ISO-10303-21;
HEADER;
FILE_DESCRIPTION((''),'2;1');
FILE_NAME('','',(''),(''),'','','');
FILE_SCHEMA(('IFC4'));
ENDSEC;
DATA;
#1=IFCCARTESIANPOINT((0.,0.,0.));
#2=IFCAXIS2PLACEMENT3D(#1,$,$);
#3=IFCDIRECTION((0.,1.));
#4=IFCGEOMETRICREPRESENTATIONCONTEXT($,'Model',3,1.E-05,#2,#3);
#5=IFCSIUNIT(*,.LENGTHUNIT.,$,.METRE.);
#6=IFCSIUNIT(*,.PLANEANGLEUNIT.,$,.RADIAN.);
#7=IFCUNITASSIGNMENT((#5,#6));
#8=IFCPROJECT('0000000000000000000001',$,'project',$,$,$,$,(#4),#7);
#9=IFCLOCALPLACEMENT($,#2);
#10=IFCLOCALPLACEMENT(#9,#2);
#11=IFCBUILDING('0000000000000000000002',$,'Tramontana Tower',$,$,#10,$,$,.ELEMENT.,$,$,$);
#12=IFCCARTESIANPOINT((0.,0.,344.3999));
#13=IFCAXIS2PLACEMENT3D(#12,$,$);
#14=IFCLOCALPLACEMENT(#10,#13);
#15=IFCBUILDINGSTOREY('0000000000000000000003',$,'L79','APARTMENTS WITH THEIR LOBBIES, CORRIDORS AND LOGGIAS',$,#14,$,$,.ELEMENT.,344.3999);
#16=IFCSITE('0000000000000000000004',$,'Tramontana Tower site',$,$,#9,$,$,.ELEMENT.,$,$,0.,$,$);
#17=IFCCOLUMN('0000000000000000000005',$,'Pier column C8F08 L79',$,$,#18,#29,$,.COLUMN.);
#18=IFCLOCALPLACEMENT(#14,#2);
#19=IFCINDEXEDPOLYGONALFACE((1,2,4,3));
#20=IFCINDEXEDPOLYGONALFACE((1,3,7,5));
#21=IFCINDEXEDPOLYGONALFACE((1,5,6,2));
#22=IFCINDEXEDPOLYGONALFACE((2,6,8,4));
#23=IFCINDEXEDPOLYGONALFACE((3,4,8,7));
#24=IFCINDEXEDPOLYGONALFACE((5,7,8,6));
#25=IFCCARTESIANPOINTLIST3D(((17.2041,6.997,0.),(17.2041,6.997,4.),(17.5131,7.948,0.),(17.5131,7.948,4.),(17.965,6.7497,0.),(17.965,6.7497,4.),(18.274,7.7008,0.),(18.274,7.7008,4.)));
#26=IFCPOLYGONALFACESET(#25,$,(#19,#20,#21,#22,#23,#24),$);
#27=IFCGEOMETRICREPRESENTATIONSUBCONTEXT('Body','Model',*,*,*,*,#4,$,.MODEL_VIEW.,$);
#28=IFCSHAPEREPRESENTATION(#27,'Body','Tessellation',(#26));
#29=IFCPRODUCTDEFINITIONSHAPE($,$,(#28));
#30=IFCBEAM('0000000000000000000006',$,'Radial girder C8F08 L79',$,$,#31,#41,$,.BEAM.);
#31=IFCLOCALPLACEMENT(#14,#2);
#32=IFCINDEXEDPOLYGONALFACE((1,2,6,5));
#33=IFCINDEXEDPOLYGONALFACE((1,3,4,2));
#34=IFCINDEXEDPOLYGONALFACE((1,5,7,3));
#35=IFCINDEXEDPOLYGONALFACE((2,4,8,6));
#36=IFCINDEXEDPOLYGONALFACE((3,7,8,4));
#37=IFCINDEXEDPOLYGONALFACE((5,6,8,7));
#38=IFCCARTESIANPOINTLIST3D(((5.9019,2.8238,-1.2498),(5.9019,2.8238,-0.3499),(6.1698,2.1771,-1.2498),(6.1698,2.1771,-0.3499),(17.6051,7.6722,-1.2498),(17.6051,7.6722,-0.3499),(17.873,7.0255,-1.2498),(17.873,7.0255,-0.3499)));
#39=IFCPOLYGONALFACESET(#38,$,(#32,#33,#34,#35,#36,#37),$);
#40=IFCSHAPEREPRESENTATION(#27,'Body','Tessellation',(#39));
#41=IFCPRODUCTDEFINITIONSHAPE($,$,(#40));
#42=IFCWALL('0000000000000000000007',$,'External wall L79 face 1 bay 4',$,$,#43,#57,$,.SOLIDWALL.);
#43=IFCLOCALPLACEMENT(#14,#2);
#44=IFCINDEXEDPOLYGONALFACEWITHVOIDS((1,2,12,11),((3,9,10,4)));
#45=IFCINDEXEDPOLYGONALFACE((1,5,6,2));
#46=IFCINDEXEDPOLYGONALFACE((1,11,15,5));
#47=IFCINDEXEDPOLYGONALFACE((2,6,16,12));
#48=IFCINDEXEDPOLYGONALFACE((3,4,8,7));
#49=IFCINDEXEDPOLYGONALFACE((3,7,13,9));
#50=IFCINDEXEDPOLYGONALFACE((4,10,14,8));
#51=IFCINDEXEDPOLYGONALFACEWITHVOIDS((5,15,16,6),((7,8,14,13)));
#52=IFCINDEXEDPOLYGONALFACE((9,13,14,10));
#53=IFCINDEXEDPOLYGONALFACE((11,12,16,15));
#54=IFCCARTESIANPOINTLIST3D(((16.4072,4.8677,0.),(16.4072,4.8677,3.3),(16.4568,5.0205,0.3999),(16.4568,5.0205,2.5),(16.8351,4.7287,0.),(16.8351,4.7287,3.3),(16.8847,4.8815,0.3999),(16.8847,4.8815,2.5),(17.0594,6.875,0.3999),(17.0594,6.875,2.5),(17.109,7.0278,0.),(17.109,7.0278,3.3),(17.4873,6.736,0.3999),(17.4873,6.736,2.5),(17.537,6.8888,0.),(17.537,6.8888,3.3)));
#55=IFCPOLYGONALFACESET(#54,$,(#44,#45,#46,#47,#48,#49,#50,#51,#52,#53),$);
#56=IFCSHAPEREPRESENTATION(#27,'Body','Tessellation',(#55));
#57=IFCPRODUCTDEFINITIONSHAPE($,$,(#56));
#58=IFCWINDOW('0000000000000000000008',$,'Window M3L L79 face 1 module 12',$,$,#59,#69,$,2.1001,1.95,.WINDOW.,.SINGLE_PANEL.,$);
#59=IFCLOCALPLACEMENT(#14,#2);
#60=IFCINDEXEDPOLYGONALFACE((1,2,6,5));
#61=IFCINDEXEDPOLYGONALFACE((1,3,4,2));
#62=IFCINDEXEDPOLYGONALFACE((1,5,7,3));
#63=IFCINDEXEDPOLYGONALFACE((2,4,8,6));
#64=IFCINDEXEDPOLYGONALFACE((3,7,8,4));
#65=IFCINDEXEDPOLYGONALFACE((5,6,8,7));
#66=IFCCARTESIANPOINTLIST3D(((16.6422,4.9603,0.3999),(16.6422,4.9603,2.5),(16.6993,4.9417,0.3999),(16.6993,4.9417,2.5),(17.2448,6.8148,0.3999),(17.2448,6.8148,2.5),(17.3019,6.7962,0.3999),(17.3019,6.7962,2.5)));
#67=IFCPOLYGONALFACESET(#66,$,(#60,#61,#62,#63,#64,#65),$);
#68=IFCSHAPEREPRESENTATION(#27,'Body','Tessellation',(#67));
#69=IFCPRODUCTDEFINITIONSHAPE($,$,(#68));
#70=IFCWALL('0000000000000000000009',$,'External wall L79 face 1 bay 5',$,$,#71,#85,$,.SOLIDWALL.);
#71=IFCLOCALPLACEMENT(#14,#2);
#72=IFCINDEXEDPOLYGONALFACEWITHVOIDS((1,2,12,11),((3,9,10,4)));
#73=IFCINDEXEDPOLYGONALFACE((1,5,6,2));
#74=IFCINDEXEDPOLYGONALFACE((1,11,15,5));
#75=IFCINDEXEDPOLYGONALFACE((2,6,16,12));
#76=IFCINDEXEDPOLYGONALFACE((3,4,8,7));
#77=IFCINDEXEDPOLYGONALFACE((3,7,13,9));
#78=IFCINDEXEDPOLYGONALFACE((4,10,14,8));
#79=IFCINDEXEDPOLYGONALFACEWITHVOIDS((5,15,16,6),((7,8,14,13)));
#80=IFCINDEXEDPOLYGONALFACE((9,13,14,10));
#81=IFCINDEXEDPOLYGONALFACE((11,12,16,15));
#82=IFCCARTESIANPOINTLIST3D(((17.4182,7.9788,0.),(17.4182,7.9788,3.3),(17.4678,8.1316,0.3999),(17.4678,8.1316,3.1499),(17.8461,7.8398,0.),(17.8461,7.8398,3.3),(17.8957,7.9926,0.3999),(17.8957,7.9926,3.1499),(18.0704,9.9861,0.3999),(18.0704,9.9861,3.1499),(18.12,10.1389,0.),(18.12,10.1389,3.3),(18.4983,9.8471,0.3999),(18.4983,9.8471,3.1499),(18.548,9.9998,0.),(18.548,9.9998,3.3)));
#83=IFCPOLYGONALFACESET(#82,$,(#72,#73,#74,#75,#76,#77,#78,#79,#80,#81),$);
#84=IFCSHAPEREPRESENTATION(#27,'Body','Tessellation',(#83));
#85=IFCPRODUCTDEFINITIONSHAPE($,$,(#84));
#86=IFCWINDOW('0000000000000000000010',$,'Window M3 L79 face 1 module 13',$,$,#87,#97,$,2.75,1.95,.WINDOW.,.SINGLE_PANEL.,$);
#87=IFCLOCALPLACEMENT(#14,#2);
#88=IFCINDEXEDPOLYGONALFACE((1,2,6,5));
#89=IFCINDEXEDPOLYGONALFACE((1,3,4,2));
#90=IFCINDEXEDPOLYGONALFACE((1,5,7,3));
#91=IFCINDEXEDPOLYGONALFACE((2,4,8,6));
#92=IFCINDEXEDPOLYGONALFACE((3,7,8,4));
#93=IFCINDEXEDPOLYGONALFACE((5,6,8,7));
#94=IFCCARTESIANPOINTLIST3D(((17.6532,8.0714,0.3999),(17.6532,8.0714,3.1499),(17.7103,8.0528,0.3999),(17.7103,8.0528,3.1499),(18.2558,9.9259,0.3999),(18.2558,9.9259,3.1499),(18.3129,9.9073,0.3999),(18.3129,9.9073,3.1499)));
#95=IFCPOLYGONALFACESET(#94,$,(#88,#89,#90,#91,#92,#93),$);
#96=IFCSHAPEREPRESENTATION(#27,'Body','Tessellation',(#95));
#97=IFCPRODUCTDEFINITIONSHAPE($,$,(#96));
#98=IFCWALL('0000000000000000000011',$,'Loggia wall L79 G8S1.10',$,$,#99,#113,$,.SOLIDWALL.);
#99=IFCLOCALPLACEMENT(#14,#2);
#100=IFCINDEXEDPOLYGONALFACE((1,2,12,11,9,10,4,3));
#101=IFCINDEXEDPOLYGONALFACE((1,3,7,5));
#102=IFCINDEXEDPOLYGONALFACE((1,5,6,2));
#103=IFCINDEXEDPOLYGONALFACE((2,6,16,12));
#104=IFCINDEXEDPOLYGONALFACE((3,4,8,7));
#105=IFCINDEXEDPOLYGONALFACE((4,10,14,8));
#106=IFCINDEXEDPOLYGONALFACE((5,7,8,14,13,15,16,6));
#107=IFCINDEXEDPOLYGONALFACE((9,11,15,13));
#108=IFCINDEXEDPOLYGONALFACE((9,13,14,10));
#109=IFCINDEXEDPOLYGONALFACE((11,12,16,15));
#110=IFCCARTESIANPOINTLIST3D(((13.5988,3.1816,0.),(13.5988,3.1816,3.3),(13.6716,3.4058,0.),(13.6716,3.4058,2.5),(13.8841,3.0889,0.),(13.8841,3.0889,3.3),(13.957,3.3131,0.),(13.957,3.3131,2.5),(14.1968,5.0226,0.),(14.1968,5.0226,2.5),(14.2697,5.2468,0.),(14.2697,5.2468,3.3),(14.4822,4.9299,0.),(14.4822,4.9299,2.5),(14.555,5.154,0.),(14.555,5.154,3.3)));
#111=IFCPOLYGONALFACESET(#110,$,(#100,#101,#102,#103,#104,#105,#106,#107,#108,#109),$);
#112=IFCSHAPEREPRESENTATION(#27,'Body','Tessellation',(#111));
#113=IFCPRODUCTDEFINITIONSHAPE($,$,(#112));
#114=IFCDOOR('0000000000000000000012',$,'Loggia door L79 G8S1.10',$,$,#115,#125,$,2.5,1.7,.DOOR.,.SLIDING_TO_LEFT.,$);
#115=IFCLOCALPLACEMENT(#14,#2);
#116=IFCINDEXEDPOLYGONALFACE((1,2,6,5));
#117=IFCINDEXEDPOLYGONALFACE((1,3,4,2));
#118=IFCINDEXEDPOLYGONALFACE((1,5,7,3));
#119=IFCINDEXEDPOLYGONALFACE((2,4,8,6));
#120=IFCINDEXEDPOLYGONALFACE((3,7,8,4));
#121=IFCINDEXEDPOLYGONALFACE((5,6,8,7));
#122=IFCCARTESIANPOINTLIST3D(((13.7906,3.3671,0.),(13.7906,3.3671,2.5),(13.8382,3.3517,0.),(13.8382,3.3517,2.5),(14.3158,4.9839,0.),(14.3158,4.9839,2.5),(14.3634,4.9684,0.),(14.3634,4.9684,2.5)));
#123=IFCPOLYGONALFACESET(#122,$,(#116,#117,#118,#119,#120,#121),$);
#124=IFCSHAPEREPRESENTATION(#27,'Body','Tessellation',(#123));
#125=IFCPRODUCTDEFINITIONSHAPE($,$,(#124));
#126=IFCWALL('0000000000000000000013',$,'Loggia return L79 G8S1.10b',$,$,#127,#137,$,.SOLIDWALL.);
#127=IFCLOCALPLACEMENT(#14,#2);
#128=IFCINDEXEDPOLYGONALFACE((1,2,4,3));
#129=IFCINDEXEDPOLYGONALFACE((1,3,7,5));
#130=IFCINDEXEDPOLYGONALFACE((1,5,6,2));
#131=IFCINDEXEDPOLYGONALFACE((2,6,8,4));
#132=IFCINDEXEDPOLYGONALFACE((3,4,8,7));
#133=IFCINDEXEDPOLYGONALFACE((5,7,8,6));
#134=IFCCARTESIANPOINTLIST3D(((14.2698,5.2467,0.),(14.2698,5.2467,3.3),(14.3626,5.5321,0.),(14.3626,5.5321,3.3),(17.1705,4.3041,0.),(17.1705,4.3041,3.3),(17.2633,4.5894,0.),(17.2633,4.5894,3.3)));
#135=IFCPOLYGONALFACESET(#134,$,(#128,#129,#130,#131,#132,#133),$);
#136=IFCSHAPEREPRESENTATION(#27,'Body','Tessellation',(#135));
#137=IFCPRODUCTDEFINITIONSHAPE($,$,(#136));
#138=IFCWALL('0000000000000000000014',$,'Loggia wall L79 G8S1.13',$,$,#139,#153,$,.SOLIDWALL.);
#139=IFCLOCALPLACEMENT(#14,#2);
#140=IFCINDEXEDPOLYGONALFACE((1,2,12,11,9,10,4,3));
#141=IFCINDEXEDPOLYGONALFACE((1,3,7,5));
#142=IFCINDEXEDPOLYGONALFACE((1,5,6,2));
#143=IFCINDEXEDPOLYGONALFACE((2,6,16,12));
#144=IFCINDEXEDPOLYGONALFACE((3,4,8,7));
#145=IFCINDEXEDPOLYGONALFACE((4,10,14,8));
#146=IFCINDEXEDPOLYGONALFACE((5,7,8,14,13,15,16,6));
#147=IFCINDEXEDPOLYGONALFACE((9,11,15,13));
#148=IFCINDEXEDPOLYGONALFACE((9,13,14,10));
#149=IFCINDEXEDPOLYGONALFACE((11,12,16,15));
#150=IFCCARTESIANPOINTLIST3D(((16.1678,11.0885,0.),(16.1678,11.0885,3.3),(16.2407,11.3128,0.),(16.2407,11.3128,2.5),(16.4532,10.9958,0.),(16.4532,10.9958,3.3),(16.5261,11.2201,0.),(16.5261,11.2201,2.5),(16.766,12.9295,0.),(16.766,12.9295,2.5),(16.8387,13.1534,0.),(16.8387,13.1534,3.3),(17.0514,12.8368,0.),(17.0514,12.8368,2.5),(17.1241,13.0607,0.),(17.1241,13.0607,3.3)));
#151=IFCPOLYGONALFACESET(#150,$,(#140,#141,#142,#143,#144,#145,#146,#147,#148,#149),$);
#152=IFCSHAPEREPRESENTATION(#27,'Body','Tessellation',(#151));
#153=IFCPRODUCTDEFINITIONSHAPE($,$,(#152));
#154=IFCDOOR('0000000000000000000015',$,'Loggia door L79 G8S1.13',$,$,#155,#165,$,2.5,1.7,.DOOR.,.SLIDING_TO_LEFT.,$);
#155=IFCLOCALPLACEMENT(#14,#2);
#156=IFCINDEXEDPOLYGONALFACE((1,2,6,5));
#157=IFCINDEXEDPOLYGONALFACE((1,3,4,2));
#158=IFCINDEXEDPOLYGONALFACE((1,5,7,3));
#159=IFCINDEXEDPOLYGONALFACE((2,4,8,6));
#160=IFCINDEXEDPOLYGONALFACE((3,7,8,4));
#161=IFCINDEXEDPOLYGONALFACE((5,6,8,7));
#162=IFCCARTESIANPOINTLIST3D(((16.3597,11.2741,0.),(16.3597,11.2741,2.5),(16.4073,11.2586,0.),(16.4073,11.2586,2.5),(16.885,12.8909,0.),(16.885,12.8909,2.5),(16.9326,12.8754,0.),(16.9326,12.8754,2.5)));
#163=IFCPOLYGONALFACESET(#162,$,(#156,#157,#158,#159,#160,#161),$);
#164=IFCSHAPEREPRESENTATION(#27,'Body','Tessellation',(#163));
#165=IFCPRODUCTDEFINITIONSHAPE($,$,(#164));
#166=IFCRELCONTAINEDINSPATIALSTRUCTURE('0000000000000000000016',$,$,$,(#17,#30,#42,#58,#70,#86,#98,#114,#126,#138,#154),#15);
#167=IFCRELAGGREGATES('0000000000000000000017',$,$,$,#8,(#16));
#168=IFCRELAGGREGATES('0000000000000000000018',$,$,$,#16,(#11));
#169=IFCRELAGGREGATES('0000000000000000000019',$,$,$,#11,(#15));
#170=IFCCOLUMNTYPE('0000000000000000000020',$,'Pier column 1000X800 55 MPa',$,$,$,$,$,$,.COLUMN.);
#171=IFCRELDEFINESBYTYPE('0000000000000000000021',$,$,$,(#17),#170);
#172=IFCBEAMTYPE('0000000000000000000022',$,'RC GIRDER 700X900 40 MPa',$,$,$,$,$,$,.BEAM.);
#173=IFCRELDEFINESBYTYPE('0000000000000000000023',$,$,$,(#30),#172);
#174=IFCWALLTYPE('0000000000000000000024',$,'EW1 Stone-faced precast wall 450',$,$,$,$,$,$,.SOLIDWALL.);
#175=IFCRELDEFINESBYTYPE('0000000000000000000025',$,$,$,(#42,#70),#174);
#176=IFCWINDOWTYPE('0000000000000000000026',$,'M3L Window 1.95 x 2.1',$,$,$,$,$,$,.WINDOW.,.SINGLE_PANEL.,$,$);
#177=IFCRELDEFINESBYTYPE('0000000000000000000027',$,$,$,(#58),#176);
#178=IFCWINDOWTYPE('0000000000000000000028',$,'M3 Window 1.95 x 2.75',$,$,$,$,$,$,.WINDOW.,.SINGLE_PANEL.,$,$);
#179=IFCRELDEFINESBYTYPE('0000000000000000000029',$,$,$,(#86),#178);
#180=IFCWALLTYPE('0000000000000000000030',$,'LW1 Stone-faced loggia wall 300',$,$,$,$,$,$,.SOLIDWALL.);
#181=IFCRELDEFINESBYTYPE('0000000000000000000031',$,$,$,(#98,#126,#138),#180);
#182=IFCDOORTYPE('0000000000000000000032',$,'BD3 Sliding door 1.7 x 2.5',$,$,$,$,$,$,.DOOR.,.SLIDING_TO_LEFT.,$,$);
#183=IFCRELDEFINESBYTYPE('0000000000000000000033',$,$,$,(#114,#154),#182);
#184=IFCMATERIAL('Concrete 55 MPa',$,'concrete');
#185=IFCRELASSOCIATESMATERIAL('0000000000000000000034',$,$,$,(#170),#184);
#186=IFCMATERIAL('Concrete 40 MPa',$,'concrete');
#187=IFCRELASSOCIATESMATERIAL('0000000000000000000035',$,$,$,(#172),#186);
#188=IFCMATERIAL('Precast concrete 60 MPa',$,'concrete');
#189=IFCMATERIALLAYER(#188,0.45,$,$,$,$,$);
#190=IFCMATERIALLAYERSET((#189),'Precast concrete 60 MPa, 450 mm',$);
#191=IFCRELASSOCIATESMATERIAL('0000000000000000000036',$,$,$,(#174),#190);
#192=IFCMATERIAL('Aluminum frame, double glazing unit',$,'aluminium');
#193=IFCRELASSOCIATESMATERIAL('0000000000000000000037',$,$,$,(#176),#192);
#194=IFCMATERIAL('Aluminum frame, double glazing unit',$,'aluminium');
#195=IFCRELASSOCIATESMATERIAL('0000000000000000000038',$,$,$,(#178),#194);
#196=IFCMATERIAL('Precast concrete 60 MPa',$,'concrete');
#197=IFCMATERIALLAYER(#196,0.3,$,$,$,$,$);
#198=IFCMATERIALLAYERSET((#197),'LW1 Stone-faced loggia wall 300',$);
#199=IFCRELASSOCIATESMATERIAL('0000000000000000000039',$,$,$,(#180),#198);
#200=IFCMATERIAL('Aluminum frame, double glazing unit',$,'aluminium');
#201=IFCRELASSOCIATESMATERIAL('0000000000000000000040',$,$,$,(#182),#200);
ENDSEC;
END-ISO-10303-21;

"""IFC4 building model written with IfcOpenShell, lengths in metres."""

from ifc_helpers import new_model, si_unit, direction, frame, frame_2d, origin, origin_2d, place, context, subcontext, project, spatial, rectangle, extrude, material, layer, layer_set, material_profile, profile_set, type_object, element, fill, save


model = new_model("IFC4")

# Units and contexts
model_context = context("Model", 3, precision=1e-05, world=origin(), true_north=direction((0.0, 1.0)))
body_context = subcontext(model_context, "Body", "Model", "MODEL_VIEW")
ifc_project = project(units=[si_unit("LENGTHUNIT", "METRE"), si_unit("PLANEANGLEUNIT", "RADIAN")], contexts=[model_context])

# Site, building, storey
site_placement = place(None, origin())
site = spatial("IfcSite", under=ifc_project, at=site_placement, Name="Tramontana Tower site", CompositionType="ELEMENT", RefElevation=0.0)
building_placement = place(site_placement, origin())
building = spatial("IfcBuilding", under=site, at=building_placement, Name="Tramontana Tower", CompositionType="ELEMENT")
storey_placement = place(building_placement, frame((0.0, 0.0, 344.3999)))
storey = spatial("IfcBuildingStorey", under=building, at=storey_placement, Name="L79", Description="APARTMENTS WITH THEIR LOBBIES, CORRIDORS AND LOGGIAS", CompositionType="ELEMENT", Elevation=344.3999)

# Column
ifc_material_1 = material(Name="Concrete 55 MPa", Category="concrete")
ifc_material_profile_1 = material_profile(ifc_material_1, rectangle(XDim=1.0, YDim=0.8, at=origin_2d()), Name="Pier column 1000X800 55 MPa")
ifc_profile_set_1 = profile_set([ifc_material_profile_1], Name="Concrete 55 MPa")
column_type = type_object("IfcColumnType", Name="Pier column 1000X800 55 MPa", PredefinedType="COLUMN", material=ifc_profile_set_1)
column_placement = place(storey_placement, frame((17.739, 7.3489, 0.0), z_axis=(0.0, 0.0, 1.0), x_axis=(0.309017, 0.951057, 0.0)))
element("IfcColumn", 1, at=column_placement, inside=storey, type_object=column_type, Name="Pier column C8F08 L79", PredefinedType="COLUMN", context=body_context, shape_type="SweptSolid", body=[
    extrude(rectangle(XDim=1.0, YDim=0.8, at=origin_2d()), origin(), (0.0, 0.0, 1.0), 4.0),
])

# Beam
ifc_material_2 = material(Name="Concrete 40 MPa", Category="concrete")
ifc_material_profile_2 = material_profile(ifc_material_2, rectangle(XDim=0.7, YDim=0.8999, at=origin_2d()), Name="RC GIRDER 700X900 40 MPa")
ifc_profile_set_2 = profile_set([ifc_material_profile_2], Name="Concrete 40 MPa")
beam_type = type_object("IfcBeamType", Name="RC GIRDER 700X900 40 MPa", PredefinedType="BEAM", material=ifc_profile_set_2)
beam_placement = place(storey_placement, frame((17.739, 7.3489, -0.7998), z_axis=(-0.923857, -0.382737, 0.0), x_axis=(0.382737, -0.923857, 0.0)))
element("IfcBeam", 2, at=beam_placement, inside=storey, type_object=beam_type, Name="Radial girder C8F08 L79", PredefinedType="BEAM", context=body_context, shape_type="SweptSolid", body=[
    extrude(rectangle(XDim=0.7, YDim=0.8999, at=origin_2d()), origin(), (0.0, 0.0, 1.0), 12.6677),
])

# Walls, openings, windows
ifc_material_3 = material(Name="Precast concrete 60 MPa", Category="concrete")
ifc_layer_1 = layer(ifc_material_3, 0.45)
ifc_layer_set_1 = layer_set([ifc_layer_1], Name="Precast concrete 60 MPa, 450 mm")
wall_type_1 = type_object("IfcWallType", Name="EW1 Stone-faced precast wall 450", PredefinedType="SOLIDWALL", material=ifc_layer_set_1)
wall_1_placement = place(storey_placement, frame((16.6211, 4.7981, 0.0), z_axis=(0.0, 0.0, 1.0), x_axis=(0.309028, 0.951053, 0.0)))
wall_1 = element("IfcWall", 3, at=wall_1_placement, inside=storey, type_object=wall_type_1, Name="External wall L79 face 1 bay 4", PredefinedType="SOLIDWALL", context=body_context, shape_type="SweptSolid", body=[
    extrude(rectangle(XDim=2.2712, YDim=0.45, at=frame_2d((1.1357, 0.0))), origin(), (0.0, 0.0, 1.0), 3.3),
])
opening_1_placement = place(wall_1_placement, frame((0.1606, 0.0, 0.3999)))
opening_1 = element("IfcOpeningElement", 4, at=opening_1_placement, cuts=wall_1, PredefinedType="OPENING", context=body_context, shape_type="SweptSolid", body=[
    extrude(rectangle(XDim=1.95, YDim=2.1001, at=frame_2d((0.9751, 1.05))), frame((0.0, 0.2349, 0.0), z_axis=(0.0, -1.0, 0.0), x_axis=(1.0, 0.0, 0.0)), (0.0, 0.0, 1.0), 0.47),
])
ifc_material_4 = material(Name="Aluminum frame, double glazing unit", Category="aluminium")
window_type_1 = type_object("IfcWindowType", Name="M3L Window 1.95 x 2.1", PartitioningType="SINGLE_PANEL", PredefinedType="WINDOW", material=ifc_material_4)
window_1_placement = place(opening_1_placement, origin())
window_1 = element("IfcWindow", 5, at=window_1_placement, inside=storey, type_object=window_type_1, Name="Window M3L L79 face 1 module 12", OverallHeight=2.1001, OverallWidth=1.95, PartitioningType="SINGLE_PANEL", PredefinedType="WINDOW", context=body_context, shape_type="SweptSolid", body=[
    extrude(rectangle(XDim=1.95, YDim=2.1001, at=frame_2d((0.9751, 1.05))), frame((0.0, 0.03, 0.0), z_axis=(0.0, -1.0, 0.0), x_axis=(1.0, 0.0, 0.0)), (0.0, 0.0, 1.0), 0.0601),
])
fill(opening_1, window_1)
wall_2_placement = place(storey_placement, frame((17.6321, 7.9092, 0.0), z_axis=(0.0, 0.0, 1.0), x_axis=(0.309028, 0.951053, 0.0)))
wall_2 = element("IfcWall", 6, at=wall_2_placement, inside=storey, type_object=wall_type_1, Name="External wall L79 face 1 bay 5", PredefinedType="SOLIDWALL", context=body_context, shape_type="SweptSolid", body=[
    extrude(rectangle(XDim=2.2712, YDim=0.45, at=frame_2d((1.1357, 0.0))), origin(), (0.0, 0.0, 1.0), 3.3),
])
opening_2_placement = place(wall_2_placement, frame((0.1606, 0.0, 0.3999)))
opening_2 = element("IfcOpeningElement", 7, at=opening_2_placement, cuts=wall_2, PredefinedType="OPENING", context=body_context, shape_type="SweptSolid", body=[
    extrude(rectangle(XDim=1.95, YDim=2.75, at=frame_2d((0.9751, 1.375))), frame((0.0, 0.2349, 0.0), z_axis=(0.0, -1.0, 0.0), x_axis=(1.0, 0.0, 0.0)), (0.0, 0.0, 1.0), 0.47),
])
ifc_material_5 = material(Name="Aluminum frame, double glazing unit", Category="aluminium")
window_type_2 = type_object("IfcWindowType", Name="M3 Window 1.95 x 2.75", PartitioningType="SINGLE_PANEL", PredefinedType="WINDOW", material=ifc_material_5)
window_2_placement = place(opening_2_placement, origin())
window_2 = element("IfcWindow", 8, at=window_2_placement, inside=storey, type_object=window_type_2, Name="Window M3 L79 face 1 module 13", OverallHeight=2.75, OverallWidth=1.95, PartitioningType="SINGLE_PANEL", PredefinedType="WINDOW", context=body_context, shape_type="SweptSolid", body=[
    extrude(rectangle(XDim=1.95, YDim=2.75, at=frame_2d((0.9751, 1.375))), frame((0.0, 0.03, 0.0), z_axis=(0.0, -1.0, 0.0), x_axis=(1.0, 0.0, 0.0)), (0.0, 0.0, 1.0), 0.0601),
])
fill(opening_2, window_2)

# Wall, opening, door
ifc_material_6 = material(Name="Precast concrete 60 MPa", Category="concrete")
ifc_layer_2 = layer(ifc_material_6, 0.3)
ifc_layer_set_2 = layer_set([ifc_layer_2], Name="LW1 Stone-faced loggia wall 300")
wall_type_2 = type_object("IfcWallType", Name="LW1 Stone-faced loggia wall 300", PredefinedType="SOLIDWALL", material=ifc_layer_set_2)
wall_3_placement = place(storey_placement, frame((13.7415, 3.1353, 0.0), z_axis=(0.0, 0.0, 1.0), x_axis=(0.308967, 0.951073, 0.0)))
wall_3 = element("IfcWall", 9, at=wall_3_placement, inside=storey, type_object=wall_type_2, Name="Loggia wall L79 G8S1.10", PredefinedType="SOLIDWALL", context=body_context, shape_type="SweptSolid", body=[
    extrude(rectangle(XDim=2.1714, YDim=0.3, at=frame_2d((1.0857, 0.0))), origin(), (0.0, 0.0, 1.0), 3.3),
])
opening_3_placement = place(wall_3_placement, frame((0.2356, 0.0, 0.0)))
opening_3 = element("IfcOpeningElement", 10, at=opening_3_placement, cuts=wall_3, PredefinedType="OPENING", context=body_context, shape_type="SweptSolid", body=[
    extrude(rectangle(XDim=1.7, YDim=2.5, at=frame_2d((0.8501, 1.25))), frame((0.0, 0.1599, 0.0), z_axis=(0.0, -1.0, 0.0), x_axis=(1.0, 0.0, 0.0)), (0.0, 0.0, 1.0), 0.3201),
])
ifc_material_7 = material(Name="Aluminum frame, double glazing unit", Category="aluminium")
door_type_1 = type_object("IfcDoorType", Name="BD3 Sliding door 1.7 x 2.5", OperationType="SLIDING_TO_LEFT", PredefinedType="DOOR", material=ifc_material_7)
door_1_placement = place(opening_3_placement, origin())
door_1 = element("IfcDoor", 11, at=door_1_placement, inside=storey, type_object=door_type_1, Name="Loggia door L79 G8S1.10", OperationType="SLIDING_TO_LEFT", OverallHeight=2.5, OverallWidth=1.7, PredefinedType="DOOR", context=body_context, shape_type="SweptSolid", body=[
    extrude(rectangle(XDim=1.7, YDim=2.5, at=frame_2d((0.8501, 1.25))), frame((0.0, 0.0249, 0.0), z_axis=(0.0, -1.0, 0.0), x_axis=(1.0, 0.0, 0.0)), (0.0, 0.0, 1.0), 0.05),
])
fill(opening_3, door_1)

# Wall
wall_4_placement = place(storey_placement, frame((17.2168, 4.4468, 0.0), z_axis=(0.0, 0.0, 1.0), x_axis=(-0.951042, 0.309063, 0.0)))
element("IfcWall", 12, at=wall_4_placement, inside=storey, type_object=wall_type_2, Name="Loggia return L79 G8S1.10b", PredefinedType="SOLIDWALL", context=body_context, shape_type="SweptSolid", body=[
    extrude(rectangle(XDim=3.05, YDim=0.3, at=frame_2d((1.5249, 0.0))), origin(), (0.0, 0.0, 1.0), 3.3),
])

# Wall, opening, door
wall_5_placement = place(storey_placement, frame((16.3105, 11.0422, 0.0), z_axis=(0.0, 0.0, 1.0), x_axis=(0.309, 0.951062, 0.0)))
wall_5 = element("IfcWall", 13, at=wall_5_placement, inside=storey, type_object=wall_type_2, Name="Loggia wall L79 G8S1.13", PredefinedType="SOLIDWALL", context=body_context, shape_type="SweptSolid", body=[
    extrude(rectangle(XDim=2.1711, YDim=0.3, at=frame_2d((1.0854, 0.0))), origin(), (0.0, 0.0, 1.0), 3.3),
])
opening_4_placement = place(wall_5_placement, frame((0.2356, 0.0, 0.0)))
opening_4 = element("IfcOpeningElement", 14, at=opening_4_placement, cuts=wall_5, PredefinedType="OPENING", context=body_context, shape_type="SweptSolid", body=[
    extrude(rectangle(XDim=1.7, YDim=2.5, at=frame_2d((0.8501, 1.25))), frame((0.0, 0.1599, 0.0), z_axis=(0.0, -1.0, 0.0), x_axis=(1.0, 0.0, 0.0)), (0.0, 0.0, 1.0), 0.3201),
])
door_2_placement = place(opening_4_placement, origin())
door_2 = element("IfcDoor", 15, at=door_2_placement, inside=storey, type_object=door_type_1, Name="Loggia door L79 G8S1.13", OperationType="SLIDING_TO_LEFT", OverallHeight=2.5, OverallWidth=1.7, PredefinedType="DOOR", context=body_context, shape_type="SweptSolid", body=[
    extrude(rectangle(XDim=1.7, YDim=2.5, at=frame_2d((0.8501, 1.25))), frame((0.0, 0.0249, 0.0), z_axis=(0.0, -1.0, 0.0), x_axis=(1.0, 0.0, 0.0)), (0.0, 0.0, 1.0), 0.05),
])
fill(opening_4, door_2)

save(model, "model.ifc")
